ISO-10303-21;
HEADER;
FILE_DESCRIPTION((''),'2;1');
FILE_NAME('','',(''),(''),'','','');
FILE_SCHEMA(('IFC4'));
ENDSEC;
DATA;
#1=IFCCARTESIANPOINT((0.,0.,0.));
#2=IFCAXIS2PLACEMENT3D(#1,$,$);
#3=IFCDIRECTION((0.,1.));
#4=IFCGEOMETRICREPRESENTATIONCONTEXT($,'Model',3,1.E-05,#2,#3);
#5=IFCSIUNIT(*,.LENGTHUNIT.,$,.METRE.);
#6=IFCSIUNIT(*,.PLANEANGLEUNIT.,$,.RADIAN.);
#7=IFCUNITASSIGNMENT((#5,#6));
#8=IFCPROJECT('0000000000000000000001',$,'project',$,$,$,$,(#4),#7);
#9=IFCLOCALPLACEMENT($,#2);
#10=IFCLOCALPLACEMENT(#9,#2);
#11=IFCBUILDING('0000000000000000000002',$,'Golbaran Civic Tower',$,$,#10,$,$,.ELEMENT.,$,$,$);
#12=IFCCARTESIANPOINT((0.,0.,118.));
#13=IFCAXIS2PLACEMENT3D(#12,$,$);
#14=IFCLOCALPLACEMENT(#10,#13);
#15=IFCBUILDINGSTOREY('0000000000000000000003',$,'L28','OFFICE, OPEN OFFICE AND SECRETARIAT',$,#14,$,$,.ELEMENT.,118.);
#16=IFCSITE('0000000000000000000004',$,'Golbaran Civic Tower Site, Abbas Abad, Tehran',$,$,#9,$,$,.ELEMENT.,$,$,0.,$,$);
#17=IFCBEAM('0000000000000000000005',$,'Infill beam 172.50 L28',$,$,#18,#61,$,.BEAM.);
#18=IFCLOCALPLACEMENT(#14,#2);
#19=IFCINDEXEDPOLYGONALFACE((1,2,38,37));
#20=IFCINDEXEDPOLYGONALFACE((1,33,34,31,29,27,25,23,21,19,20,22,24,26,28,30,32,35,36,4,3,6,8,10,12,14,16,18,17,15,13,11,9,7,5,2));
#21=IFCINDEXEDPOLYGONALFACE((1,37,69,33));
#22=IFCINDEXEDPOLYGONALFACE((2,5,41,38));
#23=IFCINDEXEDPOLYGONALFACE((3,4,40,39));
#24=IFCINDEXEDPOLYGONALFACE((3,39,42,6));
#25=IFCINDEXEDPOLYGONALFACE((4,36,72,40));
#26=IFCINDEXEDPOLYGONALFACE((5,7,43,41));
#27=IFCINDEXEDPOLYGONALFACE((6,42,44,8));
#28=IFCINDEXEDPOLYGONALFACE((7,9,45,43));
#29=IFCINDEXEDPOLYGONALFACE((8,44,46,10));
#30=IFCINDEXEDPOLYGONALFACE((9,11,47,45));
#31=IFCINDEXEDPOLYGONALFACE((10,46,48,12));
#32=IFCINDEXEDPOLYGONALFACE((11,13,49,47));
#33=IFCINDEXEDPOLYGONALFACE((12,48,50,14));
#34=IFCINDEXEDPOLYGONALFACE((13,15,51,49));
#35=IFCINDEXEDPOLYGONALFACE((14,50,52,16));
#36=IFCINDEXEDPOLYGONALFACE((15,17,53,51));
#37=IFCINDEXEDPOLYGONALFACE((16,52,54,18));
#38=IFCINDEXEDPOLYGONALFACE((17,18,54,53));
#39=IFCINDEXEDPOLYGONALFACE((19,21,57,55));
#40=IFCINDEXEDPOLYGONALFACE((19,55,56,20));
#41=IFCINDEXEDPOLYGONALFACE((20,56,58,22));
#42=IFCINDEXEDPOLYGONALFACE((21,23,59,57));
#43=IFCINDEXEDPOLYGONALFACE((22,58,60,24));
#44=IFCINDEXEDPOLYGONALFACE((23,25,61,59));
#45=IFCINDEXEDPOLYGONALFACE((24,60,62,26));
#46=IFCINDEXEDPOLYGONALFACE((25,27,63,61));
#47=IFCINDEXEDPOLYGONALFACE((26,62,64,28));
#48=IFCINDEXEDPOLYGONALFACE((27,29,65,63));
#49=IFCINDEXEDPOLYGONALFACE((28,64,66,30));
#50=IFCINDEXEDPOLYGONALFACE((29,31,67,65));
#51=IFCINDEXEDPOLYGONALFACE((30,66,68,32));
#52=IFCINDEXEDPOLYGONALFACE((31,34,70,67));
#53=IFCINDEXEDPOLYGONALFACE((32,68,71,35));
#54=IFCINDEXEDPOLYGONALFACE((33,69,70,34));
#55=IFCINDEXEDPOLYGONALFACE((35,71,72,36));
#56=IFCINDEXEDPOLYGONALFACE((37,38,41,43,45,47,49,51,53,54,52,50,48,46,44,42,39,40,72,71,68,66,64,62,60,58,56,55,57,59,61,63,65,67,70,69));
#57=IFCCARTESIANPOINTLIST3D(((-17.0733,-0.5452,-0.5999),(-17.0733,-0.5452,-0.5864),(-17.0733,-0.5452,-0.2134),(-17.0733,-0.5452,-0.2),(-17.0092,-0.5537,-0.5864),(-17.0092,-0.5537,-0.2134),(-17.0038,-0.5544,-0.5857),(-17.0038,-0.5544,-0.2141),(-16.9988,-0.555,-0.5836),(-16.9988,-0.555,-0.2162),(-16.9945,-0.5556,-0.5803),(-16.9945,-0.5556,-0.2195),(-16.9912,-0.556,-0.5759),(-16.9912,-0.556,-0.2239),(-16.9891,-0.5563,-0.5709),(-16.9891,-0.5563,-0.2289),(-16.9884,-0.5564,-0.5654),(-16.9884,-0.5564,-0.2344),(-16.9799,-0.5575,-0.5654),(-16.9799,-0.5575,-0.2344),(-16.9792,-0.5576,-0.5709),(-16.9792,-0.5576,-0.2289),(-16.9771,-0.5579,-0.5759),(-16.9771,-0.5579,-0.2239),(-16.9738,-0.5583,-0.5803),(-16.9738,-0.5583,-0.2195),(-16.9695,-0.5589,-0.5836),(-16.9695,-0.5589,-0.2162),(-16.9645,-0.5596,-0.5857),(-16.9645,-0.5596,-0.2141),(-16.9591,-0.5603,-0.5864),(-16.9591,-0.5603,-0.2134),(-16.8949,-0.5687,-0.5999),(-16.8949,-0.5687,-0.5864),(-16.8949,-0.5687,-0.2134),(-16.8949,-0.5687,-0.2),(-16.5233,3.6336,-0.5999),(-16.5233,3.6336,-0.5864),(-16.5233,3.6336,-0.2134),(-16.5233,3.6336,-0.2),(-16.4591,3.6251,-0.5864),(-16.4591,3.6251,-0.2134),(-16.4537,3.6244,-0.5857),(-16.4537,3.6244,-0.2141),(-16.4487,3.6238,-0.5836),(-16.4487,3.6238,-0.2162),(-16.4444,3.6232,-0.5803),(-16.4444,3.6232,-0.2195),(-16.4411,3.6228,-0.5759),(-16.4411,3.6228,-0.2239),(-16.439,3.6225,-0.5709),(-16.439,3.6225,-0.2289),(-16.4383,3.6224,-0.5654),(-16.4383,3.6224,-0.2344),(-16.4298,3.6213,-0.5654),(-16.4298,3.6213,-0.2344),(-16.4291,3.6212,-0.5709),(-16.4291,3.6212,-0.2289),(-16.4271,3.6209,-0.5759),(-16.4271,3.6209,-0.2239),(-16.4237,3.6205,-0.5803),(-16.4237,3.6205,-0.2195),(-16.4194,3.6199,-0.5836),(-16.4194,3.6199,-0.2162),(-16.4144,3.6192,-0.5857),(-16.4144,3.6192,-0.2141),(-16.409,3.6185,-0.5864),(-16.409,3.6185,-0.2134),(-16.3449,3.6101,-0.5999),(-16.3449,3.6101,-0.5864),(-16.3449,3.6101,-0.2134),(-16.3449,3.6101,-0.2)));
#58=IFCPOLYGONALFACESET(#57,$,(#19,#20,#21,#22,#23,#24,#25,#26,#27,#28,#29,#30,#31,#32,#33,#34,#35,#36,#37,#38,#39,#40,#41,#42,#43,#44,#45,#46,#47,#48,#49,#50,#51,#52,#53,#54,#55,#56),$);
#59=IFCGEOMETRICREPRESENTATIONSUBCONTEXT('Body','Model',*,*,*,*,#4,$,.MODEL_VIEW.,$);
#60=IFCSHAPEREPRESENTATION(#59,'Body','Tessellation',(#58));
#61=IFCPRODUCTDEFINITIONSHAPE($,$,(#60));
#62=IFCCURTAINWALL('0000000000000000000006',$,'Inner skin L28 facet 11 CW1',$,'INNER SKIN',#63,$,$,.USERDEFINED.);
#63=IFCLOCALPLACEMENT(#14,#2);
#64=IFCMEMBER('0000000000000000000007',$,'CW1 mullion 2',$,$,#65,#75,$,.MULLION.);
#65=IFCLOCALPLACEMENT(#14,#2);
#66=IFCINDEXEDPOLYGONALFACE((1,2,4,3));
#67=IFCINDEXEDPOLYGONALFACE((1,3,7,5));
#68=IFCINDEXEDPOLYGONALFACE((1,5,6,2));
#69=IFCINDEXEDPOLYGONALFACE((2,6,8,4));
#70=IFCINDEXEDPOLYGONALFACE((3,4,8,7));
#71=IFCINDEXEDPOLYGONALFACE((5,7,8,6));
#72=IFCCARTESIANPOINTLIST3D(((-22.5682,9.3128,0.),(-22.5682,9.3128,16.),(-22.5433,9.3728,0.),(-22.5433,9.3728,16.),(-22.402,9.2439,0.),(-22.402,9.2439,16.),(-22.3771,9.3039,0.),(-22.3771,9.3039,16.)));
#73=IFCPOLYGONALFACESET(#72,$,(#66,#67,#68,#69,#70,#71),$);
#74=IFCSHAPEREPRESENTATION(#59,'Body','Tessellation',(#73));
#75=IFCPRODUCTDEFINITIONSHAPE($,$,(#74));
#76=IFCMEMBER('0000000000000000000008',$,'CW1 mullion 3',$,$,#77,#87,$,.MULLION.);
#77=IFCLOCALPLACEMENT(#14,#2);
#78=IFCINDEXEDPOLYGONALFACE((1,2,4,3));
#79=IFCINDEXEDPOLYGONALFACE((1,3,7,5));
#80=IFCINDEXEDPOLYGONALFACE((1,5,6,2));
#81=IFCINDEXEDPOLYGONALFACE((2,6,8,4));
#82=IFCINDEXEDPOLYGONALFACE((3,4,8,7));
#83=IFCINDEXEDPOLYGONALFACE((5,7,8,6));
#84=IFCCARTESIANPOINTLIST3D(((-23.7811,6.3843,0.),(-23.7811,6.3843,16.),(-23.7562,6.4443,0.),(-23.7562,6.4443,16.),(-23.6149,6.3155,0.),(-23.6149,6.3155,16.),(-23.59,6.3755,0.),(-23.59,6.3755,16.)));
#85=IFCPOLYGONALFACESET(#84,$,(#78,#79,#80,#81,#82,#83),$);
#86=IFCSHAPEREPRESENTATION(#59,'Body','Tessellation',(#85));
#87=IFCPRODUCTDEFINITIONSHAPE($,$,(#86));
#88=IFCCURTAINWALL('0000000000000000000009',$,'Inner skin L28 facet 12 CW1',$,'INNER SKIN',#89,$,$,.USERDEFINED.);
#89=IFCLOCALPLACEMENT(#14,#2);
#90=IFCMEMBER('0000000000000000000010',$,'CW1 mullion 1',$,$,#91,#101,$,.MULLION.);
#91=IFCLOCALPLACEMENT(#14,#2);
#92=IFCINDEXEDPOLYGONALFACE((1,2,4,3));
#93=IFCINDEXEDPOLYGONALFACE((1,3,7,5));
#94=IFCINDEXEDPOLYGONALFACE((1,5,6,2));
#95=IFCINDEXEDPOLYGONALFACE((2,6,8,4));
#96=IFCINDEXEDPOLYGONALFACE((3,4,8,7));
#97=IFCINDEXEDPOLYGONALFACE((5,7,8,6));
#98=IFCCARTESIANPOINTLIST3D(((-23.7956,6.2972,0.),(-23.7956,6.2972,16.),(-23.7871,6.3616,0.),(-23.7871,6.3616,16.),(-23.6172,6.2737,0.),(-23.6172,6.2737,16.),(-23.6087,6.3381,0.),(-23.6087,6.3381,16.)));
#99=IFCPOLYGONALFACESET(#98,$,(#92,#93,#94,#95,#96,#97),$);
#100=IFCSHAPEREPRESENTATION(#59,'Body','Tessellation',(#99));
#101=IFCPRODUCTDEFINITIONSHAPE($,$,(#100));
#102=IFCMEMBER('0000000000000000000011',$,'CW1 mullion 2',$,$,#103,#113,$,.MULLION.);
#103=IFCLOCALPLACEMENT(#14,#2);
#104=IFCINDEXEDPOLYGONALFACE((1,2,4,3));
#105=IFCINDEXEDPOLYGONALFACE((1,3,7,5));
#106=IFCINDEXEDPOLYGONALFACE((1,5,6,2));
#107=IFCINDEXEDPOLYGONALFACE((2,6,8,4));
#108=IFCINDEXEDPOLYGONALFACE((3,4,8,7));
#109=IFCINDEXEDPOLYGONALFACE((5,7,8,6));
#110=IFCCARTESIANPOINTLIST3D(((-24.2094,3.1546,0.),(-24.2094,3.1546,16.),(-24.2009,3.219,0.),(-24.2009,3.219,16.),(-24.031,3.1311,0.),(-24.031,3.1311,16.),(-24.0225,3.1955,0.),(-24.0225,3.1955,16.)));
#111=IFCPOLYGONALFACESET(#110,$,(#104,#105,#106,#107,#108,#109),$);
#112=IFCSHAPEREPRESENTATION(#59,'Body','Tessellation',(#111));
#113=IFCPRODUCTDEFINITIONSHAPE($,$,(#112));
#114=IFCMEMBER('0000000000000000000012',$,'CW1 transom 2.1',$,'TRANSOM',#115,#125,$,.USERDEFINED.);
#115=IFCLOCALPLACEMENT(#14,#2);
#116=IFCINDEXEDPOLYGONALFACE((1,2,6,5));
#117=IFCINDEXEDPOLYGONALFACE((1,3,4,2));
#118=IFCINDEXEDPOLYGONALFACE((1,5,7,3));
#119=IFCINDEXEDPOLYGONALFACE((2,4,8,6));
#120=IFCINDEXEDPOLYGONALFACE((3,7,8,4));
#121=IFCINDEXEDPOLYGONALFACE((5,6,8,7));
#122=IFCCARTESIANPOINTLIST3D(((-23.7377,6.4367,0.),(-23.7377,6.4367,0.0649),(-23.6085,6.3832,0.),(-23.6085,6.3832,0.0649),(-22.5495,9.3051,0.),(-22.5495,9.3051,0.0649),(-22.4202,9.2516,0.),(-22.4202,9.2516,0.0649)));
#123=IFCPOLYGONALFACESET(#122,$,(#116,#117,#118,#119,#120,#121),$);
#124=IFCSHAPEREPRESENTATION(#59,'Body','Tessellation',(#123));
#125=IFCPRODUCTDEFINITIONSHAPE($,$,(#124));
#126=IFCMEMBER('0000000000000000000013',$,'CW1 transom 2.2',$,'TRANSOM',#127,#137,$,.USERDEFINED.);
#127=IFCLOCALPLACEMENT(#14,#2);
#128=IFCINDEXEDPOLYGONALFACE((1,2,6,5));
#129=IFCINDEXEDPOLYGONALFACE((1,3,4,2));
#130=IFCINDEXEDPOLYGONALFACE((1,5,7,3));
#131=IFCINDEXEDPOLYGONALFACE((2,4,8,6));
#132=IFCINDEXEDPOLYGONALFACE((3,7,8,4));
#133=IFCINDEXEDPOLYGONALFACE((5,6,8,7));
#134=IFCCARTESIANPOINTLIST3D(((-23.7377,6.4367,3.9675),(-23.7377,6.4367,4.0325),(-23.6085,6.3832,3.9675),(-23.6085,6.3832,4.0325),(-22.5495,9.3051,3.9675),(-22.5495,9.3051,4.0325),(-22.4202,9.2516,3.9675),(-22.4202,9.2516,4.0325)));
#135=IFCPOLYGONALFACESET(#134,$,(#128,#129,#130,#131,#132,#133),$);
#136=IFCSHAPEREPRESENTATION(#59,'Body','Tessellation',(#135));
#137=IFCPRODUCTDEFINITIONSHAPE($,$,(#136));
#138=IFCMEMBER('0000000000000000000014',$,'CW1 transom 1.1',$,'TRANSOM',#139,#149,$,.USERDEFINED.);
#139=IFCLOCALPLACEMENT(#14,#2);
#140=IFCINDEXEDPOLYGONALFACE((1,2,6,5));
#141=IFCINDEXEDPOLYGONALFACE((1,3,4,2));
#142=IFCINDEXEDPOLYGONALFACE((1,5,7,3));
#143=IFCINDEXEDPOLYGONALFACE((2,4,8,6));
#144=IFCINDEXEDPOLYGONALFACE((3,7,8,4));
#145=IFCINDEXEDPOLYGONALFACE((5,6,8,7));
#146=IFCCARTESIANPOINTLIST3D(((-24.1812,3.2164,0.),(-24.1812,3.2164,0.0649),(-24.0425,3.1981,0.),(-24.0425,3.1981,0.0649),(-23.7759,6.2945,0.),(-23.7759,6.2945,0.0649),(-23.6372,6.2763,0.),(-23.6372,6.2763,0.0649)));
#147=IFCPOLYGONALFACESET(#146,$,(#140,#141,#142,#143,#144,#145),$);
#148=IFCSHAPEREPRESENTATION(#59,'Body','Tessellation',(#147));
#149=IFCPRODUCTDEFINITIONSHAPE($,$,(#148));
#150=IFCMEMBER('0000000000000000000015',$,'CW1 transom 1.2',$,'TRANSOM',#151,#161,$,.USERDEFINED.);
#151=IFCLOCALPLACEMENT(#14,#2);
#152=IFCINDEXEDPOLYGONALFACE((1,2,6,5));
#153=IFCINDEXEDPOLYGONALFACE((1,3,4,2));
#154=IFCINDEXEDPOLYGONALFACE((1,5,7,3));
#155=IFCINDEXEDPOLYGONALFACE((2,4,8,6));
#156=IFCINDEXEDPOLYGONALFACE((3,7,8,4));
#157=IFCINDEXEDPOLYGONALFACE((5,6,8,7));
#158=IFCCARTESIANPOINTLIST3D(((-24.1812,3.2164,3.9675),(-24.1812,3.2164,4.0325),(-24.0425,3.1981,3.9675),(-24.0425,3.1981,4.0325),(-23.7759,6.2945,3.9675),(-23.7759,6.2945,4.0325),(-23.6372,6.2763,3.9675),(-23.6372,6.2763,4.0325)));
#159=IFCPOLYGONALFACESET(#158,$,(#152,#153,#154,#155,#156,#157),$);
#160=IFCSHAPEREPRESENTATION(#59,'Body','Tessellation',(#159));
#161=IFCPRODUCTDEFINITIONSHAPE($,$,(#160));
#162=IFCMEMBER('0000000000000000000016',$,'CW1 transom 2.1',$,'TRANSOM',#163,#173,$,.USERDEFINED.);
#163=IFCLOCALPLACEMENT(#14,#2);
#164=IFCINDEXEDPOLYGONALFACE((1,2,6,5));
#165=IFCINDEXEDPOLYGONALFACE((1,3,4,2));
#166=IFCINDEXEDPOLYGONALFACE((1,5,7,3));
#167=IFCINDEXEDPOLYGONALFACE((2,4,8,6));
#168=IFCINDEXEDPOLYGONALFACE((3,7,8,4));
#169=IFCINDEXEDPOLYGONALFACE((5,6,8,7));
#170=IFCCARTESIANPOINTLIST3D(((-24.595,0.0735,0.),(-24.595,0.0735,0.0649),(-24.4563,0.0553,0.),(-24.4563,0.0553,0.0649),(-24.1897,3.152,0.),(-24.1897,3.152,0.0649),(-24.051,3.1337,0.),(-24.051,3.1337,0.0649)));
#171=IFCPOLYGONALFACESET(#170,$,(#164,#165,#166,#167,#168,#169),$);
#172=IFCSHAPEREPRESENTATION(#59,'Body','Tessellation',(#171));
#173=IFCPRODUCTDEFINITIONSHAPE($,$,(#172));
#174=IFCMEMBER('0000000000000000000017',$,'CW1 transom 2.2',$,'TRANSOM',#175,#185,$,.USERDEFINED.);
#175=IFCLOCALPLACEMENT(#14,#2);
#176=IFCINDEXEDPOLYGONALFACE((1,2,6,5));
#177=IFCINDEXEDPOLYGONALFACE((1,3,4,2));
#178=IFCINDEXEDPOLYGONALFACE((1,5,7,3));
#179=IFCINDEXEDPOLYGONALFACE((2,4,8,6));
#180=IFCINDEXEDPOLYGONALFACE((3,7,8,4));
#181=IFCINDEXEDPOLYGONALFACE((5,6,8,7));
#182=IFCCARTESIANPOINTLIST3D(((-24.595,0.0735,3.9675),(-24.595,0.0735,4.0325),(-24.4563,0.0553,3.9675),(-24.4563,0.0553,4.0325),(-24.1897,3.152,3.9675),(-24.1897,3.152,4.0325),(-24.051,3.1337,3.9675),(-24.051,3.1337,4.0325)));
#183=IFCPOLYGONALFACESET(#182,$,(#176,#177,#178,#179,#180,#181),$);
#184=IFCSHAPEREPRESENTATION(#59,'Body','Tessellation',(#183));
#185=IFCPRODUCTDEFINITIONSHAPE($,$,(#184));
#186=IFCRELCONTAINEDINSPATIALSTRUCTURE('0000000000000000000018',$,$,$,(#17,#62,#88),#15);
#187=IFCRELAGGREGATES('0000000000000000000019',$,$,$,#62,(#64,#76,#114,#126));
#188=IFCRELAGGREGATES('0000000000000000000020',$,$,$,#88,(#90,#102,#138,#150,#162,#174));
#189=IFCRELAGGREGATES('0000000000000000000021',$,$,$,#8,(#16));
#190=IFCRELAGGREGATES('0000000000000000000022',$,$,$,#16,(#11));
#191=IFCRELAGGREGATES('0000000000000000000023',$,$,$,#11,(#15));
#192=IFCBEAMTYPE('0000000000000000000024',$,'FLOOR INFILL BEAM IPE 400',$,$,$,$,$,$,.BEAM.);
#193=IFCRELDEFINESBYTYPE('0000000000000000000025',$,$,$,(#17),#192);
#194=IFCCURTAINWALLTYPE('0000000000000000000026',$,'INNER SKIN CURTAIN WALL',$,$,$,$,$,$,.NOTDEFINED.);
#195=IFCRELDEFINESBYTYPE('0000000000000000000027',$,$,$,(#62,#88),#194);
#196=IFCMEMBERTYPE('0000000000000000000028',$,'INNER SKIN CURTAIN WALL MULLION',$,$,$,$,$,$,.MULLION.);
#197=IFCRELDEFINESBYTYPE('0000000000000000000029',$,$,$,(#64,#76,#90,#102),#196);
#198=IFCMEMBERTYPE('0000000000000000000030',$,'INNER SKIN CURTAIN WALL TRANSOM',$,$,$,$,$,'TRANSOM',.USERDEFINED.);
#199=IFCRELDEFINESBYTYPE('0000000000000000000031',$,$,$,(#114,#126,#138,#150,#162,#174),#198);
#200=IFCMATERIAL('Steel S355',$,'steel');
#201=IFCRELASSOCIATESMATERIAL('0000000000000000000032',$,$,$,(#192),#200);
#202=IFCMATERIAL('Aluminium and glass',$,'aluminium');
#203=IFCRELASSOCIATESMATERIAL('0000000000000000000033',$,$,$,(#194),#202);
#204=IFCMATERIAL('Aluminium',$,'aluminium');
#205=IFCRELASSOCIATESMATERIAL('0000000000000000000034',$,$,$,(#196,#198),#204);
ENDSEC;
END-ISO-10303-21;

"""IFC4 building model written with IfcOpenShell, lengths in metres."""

from ifc_helpers import new_model, si_unit, direction, frame, origin, origin_2d, place, context, subcontext, project, spatial, rectangle, i_section, extrude, material, material_profile, profile_set, type_object, element, aggregate, save


model = new_model("IFC4")

# Units and contexts
model_context = context("Model", 3, precision=1e-05, world=origin(), true_north=direction((0.0, 1.0)))
body_context = subcontext(model_context, "Body", "Model", "MODEL_VIEW")
ifc_project = project(units=[si_unit("LENGTHUNIT", "METRE"), si_unit("PLANEANGLEUNIT", "RADIAN")], contexts=[model_context])

# Site, building, storey
site_placement = place(None, origin())
site = spatial("IfcSite", under=ifc_project, at=site_placement, Name="Golbaran Civic Tower Site, Abbas Abad, Tehran", CompositionType="ELEMENT", RefElevation=0.0)
building_placement = place(site_placement, origin())
building = spatial("IfcBuilding", under=site, at=building_placement, Name="Golbaran Civic Tower", CompositionType="ELEMENT")
storey_placement = place(building_placement, frame((0.0, 0.0, 118.0)))
storey = spatial("IfcBuildingStorey", under=building, at=storey_placement, Name="L28", Description="OFFICE, OPEN OFFICE AND SECRETARIAT", CompositionType="ELEMENT", Elevation=118.0)

# Beam
ifc_material_1 = material(Name="Steel S355", Category="steel")
ifc_material_profile_1 = material_profile(ifc_material_1, i_section(OverallWidth=0.1799, OverallDepth=0.3999, WebThickness=0.0085, FlangeThickness=0.0134, FilletRadius=0.021, at=origin_2d()), Name="IPE 400")
ifc_profile_set_1 = profile_set([ifc_material_profile_1], Name="Steel S355")
beam_type = type_object("IfcBeamType", Name="FLOOR INFILL BEAM IPE 400", PredefinedType="BEAM", material=ifc_profile_set_1)
beam_placement = place(storey_placement, frame((-16.4341, 3.6218, -0.3999), z_axis=(-0.130505, -0.991448, 0.0), x_axis=(0.991448, -0.130505, 0.0)))
element("IfcBeam", 1, at=beam_placement, inside=storey, type_object=beam_type, Name="Infill beam 172.50 L28", PredefinedType="BEAM", context=body_context, shape_type="SweptSolid", body=[
    extrude(i_section(OverallWidth=0.1799, OverallDepth=0.3999, WebThickness=0.0085, FlangeThickness=0.0134, FilletRadius=0.021, at=origin_2d()), origin(), (0.0, 0.0, 1.0), 4.2148),
])

# Curtain walls, members
ifc_material_2 = material(Name="Aluminium and glass", Category="aluminium")
curtain_wall_type_1 = type_object("IfcCurtainWallType", Name="INNER SKIN CURTAIN WALL", PredefinedType="NOTDEFINED", material=ifc_material_2)
curtain_wall_1_placement = place(storey_placement, origin())
curtain_wall_1 = element("IfcCurtainWall", 2, at=curtain_wall_1_placement, inside=storey, type_object=curtain_wall_type_1, Name="Inner skin L28 facet 11 CW1", ObjectType="INNER SKIN", PredefinedType="USERDEFINED")
ifc_material_3 = material(Name="Aluminium", Category="aluminium")
ifc_material_profile_2 = material_profile(ifc_material_3, rectangle(XDim=0.1799, YDim=0.0649, at=origin_2d()), Name="INNER SKIN CURTAIN WALL MULLION")
ifc_profile_set_2 = profile_set([ifc_material_profile_2], Name="Aluminium")
member_type_1 = type_object("IfcMemberType", Name="INNER SKIN CURTAIN WALL MULLION", PredefinedType="MULLION", material=ifc_profile_set_2)
member_1_placement = place(storey_placement, frame((-22.4727, 9.3083, 0.0), z_axis=(0.0, 0.0, 1.0), x_axis=(0.92388, -0.382683, 0.0)))
member_1 = element("IfcMember", 3, at=member_1_placement, type_object=member_type_1, Name="CW1 mullion 2", PredefinedType="MULLION", context=body_context, shape_type="SweptSolid", body=[
    extrude(rectangle(XDim=0.1799, YDim=0.0649, at=origin_2d()), origin(), (0.0, 0.0, 1.0), 16.0),
])
member_2_placement = place(storey_placement, frame((-23.6855, 6.3799, 0.0), z_axis=(0.0, 0.0, 1.0), x_axis=(0.92388, -0.382683, 0.0)))
member_2 = element("IfcMember", 4, at=member_2_placement, type_object=member_type_1, Name="CW1 mullion 3", PredefinedType="MULLION", context=body_context, shape_type="SweptSolid", body=[
    extrude(rectangle(XDim=0.1799, YDim=0.0649, at=origin_2d()), origin(), (0.0, 0.0, 1.0), 16.0),
])
curtain_wall_2_placement = place(storey_placement, origin())
curtain_wall_2 = element("IfcCurtainWall", 5, at=curtain_wall_2_placement, inside=storey, type_object=curtain_wall_type_1, Name="Inner skin L28 facet 12 CW1", ObjectType="INNER SKIN", PredefinedType="USERDEFINED")
member_3_placement = place(storey_placement, frame((-23.7021, 6.3176, 0.0), z_axis=(0.0, 0.0, 1.0), x_axis=(0.991445, -0.130526, 0.0)))
member_3 = element("IfcMember", 6, at=member_3_placement, type_object=member_type_1, Name="CW1 mullion 1", PredefinedType="MULLION", context=body_context, shape_type="SweptSolid", body=[
    extrude(rectangle(XDim=0.1799, YDim=0.0649, at=origin_2d()), origin(), (0.0, 0.0, 1.0), 16.0),
])
member_4_placement = place(storey_placement, frame((-24.116, 3.175, 0.0), z_axis=(0.0, 0.0, 1.0), x_axis=(0.991445, -0.130526, 0.0)))
member_4 = element("IfcMember", 7, at=member_4_placement, type_object=member_type_1, Name="CW1 mullion 2", PredefinedType="MULLION", context=body_context, shape_type="SweptSolid", body=[
    extrude(rectangle(XDim=0.1799, YDim=0.0649, at=origin_2d()), origin(), (0.0, 0.0, 1.0), 16.0),
])

# Members
ifc_material_profile_3 = material_profile(ifc_material_3, rectangle(XDim=0.1399, YDim=0.0649, at=origin_2d()), Name="INNER SKIN CURTAIN WALL TRANSOM")
ifc_profile_set_3 = profile_set([ifc_material_profile_3], Name="Aluminium")
member_type_2 = type_object("IfcMemberType", Name="INNER SKIN CURTAIN WALL TRANSOM", ElementType="TRANSOM", PredefinedType="USERDEFINED", material=ifc_profile_set_3)
member_5_placement = place(storey_placement, frame((-22.4849, 9.2783, 0.0325), z_axis=(-0.382711, -0.923868, 0.0), x_axis=(0.923868, -0.382711, 0.0)))
member_5 = element("IfcMember", 8, at=member_5_placement, type_object=member_type_2, Name="CW1 transom 2.1", ObjectType="TRANSOM", PredefinedType="USERDEFINED", context=body_context, shape_type="SweptSolid", body=[
    extrude(rectangle(XDim=0.1399, YDim=0.0649, at=origin_2d()), origin(), (0.0, 0.0, 1.0), 3.1047),
])
member_6_placement = place(storey_placement, frame((-22.4849, 9.2783, 4.0), z_axis=(-0.382711, -0.923868, 0.0), x_axis=(0.923868, -0.382711, 0.0)))
member_6 = element("IfcMember", 9, at=member_6_placement, type_object=member_type_2, Name="CW1 transom 2.2", ObjectType="TRANSOM", PredefinedType="USERDEFINED", context=body_context, shape_type="SweptSolid", body=[
    extrude(rectangle(XDim=0.1399, YDim=0.0649, at=origin_2d()), origin(), (0.0, 0.0, 1.0), 3.1047),
])
member_7_placement = place(storey_placement, frame((-23.7065, 6.2854, 0.0325), z_axis=(-0.130536, -0.991444, 0.0), x_axis=(0.991444, -0.130536, 0.0)))
member_7 = element("IfcMember", 10, at=member_7_placement, type_object=member_type_2, Name="CW1 transom 1.1", ObjectType="TRANSOM", PredefinedType="USERDEFINED", context=body_context, shape_type="SweptSolid", body=[
    extrude(rectangle(XDim=0.1399, YDim=0.0649, at=origin_2d()), origin(), (0.0, 0.0, 1.0), 3.1047),
])
member_8_placement = place(storey_placement, frame((-23.7065, 6.2854, 4.0), z_axis=(-0.130536, -0.991444, 0.0), x_axis=(0.991444, -0.130536, 0.0)))
member_8 = element("IfcMember", 11, at=member_8_placement, type_object=member_type_2, Name="CW1 transom 1.2", ObjectType="TRANSOM", PredefinedType="USERDEFINED", context=body_context, shape_type="SweptSolid", body=[
    extrude(rectangle(XDim=0.1399, YDim=0.0649, at=origin_2d()), origin(), (0.0, 0.0, 1.0), 3.1047),
])
member_9_placement = place(storey_placement, frame((-24.1204, 3.1428, 0.0325), z_axis=(-0.130526, -0.991445, 0.0), x_axis=(0.991445, -0.130526, 0.0)))
member_9 = element("IfcMember", 12, at=member_9_placement, type_object=member_type_2, Name="CW1 transom 2.1", ObjectType="TRANSOM", PredefinedType="USERDEFINED", context=body_context, shape_type="SweptSolid", body=[
    extrude(rectangle(XDim=0.1399, YDim=0.0649, at=origin_2d()), origin(), (0.0, 0.0, 1.0), 3.105),
])
member_10_placement = place(storey_placement, frame((-24.1204, 3.1428, 4.0), z_axis=(-0.130526, -0.991445, 0.0), x_axis=(0.991445, -0.130526, 0.0)))
member_10 = element("IfcMember", 13, at=member_10_placement, type_object=member_type_2, Name="CW1 transom 2.2", ObjectType="TRANSOM", PredefinedType="USERDEFINED", context=body_context, shape_type="SweptSolid", body=[
    extrude(rectangle(XDim=0.1399, YDim=0.0649, at=origin_2d()), origin(), (0.0, 0.0, 1.0), 3.105),
])

aggregate(curtain_wall_1, [member_1, member_2, member_5, member_6])
aggregate(curtain_wall_2, [member_3, member_4, member_7, member_8, member_9, member_10])

save(model, "model.ifc")
